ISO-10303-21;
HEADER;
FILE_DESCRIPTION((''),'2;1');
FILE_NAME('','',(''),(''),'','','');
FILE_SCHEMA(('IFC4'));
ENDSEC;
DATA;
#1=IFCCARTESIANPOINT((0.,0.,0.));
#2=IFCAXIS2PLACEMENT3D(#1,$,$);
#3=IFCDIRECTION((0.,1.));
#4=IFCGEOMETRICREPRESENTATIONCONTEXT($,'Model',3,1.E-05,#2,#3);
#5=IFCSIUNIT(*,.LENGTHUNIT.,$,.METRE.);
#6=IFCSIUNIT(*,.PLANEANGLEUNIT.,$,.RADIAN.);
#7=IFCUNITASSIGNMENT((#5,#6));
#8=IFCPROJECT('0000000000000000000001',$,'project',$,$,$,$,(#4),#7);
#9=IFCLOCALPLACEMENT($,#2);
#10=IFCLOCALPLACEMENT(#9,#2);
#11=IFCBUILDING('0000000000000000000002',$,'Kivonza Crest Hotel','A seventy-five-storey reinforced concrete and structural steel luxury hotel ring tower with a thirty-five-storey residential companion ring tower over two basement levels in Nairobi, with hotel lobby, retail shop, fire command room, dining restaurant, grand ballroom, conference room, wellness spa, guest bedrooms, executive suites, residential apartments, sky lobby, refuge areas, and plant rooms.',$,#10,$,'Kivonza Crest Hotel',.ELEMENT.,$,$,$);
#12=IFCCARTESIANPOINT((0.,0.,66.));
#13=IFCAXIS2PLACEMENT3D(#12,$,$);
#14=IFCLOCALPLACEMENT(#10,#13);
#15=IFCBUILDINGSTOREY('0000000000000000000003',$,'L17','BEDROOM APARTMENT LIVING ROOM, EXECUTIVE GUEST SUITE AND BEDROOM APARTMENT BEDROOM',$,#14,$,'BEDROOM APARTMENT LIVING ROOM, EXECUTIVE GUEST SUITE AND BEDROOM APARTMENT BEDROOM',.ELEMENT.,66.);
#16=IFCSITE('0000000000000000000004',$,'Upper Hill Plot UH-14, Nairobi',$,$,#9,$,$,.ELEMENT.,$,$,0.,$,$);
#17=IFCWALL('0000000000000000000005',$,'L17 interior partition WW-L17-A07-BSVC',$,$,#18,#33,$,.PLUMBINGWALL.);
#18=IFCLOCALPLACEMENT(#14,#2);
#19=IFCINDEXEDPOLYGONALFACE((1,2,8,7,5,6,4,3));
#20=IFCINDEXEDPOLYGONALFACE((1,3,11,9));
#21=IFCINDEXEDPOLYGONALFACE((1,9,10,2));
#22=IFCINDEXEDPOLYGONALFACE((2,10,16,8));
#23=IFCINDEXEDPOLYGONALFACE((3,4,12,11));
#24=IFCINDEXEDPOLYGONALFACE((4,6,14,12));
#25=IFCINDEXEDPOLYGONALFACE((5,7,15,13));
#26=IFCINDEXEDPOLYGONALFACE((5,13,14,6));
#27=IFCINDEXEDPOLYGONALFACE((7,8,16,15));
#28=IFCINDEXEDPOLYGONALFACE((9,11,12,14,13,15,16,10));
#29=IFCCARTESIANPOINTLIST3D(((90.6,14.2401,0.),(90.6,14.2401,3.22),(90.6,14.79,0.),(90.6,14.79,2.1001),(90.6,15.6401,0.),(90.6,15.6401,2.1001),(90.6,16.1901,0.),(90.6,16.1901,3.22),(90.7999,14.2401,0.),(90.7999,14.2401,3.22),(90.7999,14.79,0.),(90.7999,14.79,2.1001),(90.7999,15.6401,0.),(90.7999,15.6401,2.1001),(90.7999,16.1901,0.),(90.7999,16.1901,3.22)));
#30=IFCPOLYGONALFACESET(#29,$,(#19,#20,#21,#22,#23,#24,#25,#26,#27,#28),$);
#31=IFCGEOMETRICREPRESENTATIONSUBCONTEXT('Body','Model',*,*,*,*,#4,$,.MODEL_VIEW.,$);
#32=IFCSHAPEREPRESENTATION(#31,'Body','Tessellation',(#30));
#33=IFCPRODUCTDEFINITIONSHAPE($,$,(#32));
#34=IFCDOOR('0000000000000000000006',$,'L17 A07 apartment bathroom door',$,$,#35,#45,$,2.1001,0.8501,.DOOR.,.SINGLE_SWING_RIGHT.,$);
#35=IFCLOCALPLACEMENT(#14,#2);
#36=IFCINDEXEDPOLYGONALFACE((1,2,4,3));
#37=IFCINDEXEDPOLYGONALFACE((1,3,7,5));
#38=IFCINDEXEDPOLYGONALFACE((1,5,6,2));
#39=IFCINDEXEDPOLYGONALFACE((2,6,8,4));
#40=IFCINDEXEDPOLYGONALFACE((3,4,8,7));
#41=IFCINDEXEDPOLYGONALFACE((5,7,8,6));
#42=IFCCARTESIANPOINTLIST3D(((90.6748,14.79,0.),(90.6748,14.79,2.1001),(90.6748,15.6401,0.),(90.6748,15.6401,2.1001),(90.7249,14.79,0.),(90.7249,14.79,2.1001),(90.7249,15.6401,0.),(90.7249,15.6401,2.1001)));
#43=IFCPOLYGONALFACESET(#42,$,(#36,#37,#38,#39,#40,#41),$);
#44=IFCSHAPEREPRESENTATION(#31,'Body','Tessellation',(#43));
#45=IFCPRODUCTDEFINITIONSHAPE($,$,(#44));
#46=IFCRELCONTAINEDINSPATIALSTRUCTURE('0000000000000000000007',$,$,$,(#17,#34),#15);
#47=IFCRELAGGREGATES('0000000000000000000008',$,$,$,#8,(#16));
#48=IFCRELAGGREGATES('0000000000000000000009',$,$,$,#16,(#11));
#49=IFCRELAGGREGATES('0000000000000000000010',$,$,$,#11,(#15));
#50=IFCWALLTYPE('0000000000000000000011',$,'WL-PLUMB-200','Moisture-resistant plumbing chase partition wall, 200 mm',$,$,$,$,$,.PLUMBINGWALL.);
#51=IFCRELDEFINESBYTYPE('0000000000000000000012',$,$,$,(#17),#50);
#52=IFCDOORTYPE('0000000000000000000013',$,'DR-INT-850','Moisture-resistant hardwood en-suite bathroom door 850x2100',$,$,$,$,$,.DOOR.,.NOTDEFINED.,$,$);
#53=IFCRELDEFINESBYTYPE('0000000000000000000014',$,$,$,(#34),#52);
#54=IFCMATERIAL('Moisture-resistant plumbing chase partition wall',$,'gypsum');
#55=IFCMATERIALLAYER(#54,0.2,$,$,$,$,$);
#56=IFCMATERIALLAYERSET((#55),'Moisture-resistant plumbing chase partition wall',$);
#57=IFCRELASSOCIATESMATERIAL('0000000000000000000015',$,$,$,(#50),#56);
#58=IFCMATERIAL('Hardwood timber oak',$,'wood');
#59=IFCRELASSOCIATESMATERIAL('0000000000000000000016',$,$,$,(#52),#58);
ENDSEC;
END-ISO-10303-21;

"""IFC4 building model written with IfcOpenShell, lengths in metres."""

from ifc_helpers import new_model, si_unit, direction, frame, frame_2d, origin, place, context, subcontext, project, spatial, rectangle, extrude, material, layer, layer_set, type_object, element, fill, save


model = new_model("IFC4")

# Units and contexts
model_context = context("Model", 3, precision=1e-05, world=origin(), true_north=direction((0.0, 1.0)))
body_context = subcontext(model_context, "Body", "Model", "MODEL_VIEW")
ifc_project = project(units=[si_unit("LENGTHUNIT", "METRE"), si_unit("PLANEANGLEUNIT", "RADIAN")], contexts=[model_context])

# Site, building, storey
site_placement = place(None, origin())
site = spatial("IfcSite", under=ifc_project, at=site_placement, Name="Upper Hill Plot UH-14, Nairobi", CompositionType="ELEMENT", RefElevation=0.0)
building_placement = place(site_placement, origin())
building = spatial("IfcBuilding", under=site, at=building_placement, Name="Kivonza Crest Hotel", Description="A seventy-five-storey reinforced concrete and structural steel luxury hotel ring tower with a thirty-five-storey residential companion ring tower over two basement levels in Nairobi, with hotel lobby, retail shop, fire command room, dining restaurant, grand ballroom, conference room, wellness spa, guest bedrooms, executive suites, residential apartments, sky lobby, refuge areas, and plant rooms.", LongName="Kivonza Crest Hotel", CompositionType="ELEMENT")
storey_placement = place(building_placement, frame((0.0, 0.0, 66.0)))
storey = spatial("IfcBuildingStorey", under=building, at=storey_placement, Name="L17", Description="BEDROOM APARTMENT LIVING ROOM, EXECUTIVE GUEST SUITE AND BEDROOM APARTMENT BEDROOM", LongName="BEDROOM APARTMENT LIVING ROOM, EXECUTIVE GUEST SUITE AND BEDROOM APARTMENT BEDROOM", CompositionType="ELEMENT", Elevation=66.0)

# Shared definitions
ifc_material_1 = material(Name="Hardwood timber oak", Category="wood")

# Wall, opening, door
ifc_material_2 = material(Name="Moisture-resistant plumbing chase partition wall", Category="gypsum")
ifc_layer_1 = layer(ifc_material_2, 0.2)
ifc_layer_set_1 = layer_set([ifc_layer_1], Name="Moisture-resistant plumbing chase partition wall")
wall_type_1 = type_object("IfcWallType", Name="WL-PLUMB-200", Description="Moisture-resistant plumbing chase partition wall, 200 mm", PredefinedType="PLUMBINGWALL", material=ifc_layer_set_1)
wall_1_placement = place(storey_placement, frame((90.7, 14.24, 0.0), z_axis=(0.0, 0.0, 1.0), x_axis=(0.0, 1.0, 0.0)))
wall_1 = element("IfcWall", 1, at=wall_1_placement, inside=storey, type_object=wall_type_1, Name="L17 interior partition WW-L17-A07-BSVC", PredefinedType="PLUMBINGWALL", context=body_context, shape_type="SweptSolid", body=[
    extrude(rectangle(XDim=1.95, YDim=0.2, at=frame_2d((0.9751, 0.0))), origin(), (0.0, 0.0, 1.0), 3.22),
])
opening_1_placement = place(wall_1_placement, frame((0.55, 0.0, 0.0)))
opening_1 = element("IfcOpeningElement", 2, at=opening_1_placement, cuts=wall_1, PredefinedType="OPENING", context=body_context, shape_type="SweptSolid", body=[
    extrude(rectangle(XDim=0.8501, YDim=2.1001, at=frame_2d((0.425, 1.05))), frame((0.0, 0.1099, 0.0), z_axis=(0.0, -1.0, 0.0), x_axis=(1.0, 0.0, 0.0)), (0.0, 0.0, 1.0), 0.22),
])
door_type_1 = type_object("IfcDoorType", Name="DR-INT-850", Description="Moisture-resistant hardwood en-suite bathroom door 850x2100", OperationType="NOTDEFINED", PredefinedType="DOOR", material=ifc_material_1)
door_1_placement = place(opening_1_placement, frame((0.8501, 0.0, 0.0), z_axis=(0.0, 0.0, 1.0), x_axis=(-1.0, 0.0, 0.0)))
door_1 = element("IfcDoor", 3, at=door_1_placement, inside=storey, type_object=door_type_1, Name="L17 A07 apartment bathroom door", OperationType="SINGLE_SWING_RIGHT", OverallHeight=2.1001, OverallWidth=0.8501, PredefinedType="DOOR", context=body_context, shape_type="SweptSolid", body=[
    extrude(rectangle(XDim=0.8501, YDim=2.1001, at=frame_2d((0.425, 1.05))), frame((0.0, 0.0249, 0.0), z_axis=(0.0, -1.0, 0.0), x_axis=(1.0, 0.0, 0.0)), (0.0, 0.0, 1.0), 0.05),
])
fill(opening_1, door_1)

save(model, "model.ifc")
